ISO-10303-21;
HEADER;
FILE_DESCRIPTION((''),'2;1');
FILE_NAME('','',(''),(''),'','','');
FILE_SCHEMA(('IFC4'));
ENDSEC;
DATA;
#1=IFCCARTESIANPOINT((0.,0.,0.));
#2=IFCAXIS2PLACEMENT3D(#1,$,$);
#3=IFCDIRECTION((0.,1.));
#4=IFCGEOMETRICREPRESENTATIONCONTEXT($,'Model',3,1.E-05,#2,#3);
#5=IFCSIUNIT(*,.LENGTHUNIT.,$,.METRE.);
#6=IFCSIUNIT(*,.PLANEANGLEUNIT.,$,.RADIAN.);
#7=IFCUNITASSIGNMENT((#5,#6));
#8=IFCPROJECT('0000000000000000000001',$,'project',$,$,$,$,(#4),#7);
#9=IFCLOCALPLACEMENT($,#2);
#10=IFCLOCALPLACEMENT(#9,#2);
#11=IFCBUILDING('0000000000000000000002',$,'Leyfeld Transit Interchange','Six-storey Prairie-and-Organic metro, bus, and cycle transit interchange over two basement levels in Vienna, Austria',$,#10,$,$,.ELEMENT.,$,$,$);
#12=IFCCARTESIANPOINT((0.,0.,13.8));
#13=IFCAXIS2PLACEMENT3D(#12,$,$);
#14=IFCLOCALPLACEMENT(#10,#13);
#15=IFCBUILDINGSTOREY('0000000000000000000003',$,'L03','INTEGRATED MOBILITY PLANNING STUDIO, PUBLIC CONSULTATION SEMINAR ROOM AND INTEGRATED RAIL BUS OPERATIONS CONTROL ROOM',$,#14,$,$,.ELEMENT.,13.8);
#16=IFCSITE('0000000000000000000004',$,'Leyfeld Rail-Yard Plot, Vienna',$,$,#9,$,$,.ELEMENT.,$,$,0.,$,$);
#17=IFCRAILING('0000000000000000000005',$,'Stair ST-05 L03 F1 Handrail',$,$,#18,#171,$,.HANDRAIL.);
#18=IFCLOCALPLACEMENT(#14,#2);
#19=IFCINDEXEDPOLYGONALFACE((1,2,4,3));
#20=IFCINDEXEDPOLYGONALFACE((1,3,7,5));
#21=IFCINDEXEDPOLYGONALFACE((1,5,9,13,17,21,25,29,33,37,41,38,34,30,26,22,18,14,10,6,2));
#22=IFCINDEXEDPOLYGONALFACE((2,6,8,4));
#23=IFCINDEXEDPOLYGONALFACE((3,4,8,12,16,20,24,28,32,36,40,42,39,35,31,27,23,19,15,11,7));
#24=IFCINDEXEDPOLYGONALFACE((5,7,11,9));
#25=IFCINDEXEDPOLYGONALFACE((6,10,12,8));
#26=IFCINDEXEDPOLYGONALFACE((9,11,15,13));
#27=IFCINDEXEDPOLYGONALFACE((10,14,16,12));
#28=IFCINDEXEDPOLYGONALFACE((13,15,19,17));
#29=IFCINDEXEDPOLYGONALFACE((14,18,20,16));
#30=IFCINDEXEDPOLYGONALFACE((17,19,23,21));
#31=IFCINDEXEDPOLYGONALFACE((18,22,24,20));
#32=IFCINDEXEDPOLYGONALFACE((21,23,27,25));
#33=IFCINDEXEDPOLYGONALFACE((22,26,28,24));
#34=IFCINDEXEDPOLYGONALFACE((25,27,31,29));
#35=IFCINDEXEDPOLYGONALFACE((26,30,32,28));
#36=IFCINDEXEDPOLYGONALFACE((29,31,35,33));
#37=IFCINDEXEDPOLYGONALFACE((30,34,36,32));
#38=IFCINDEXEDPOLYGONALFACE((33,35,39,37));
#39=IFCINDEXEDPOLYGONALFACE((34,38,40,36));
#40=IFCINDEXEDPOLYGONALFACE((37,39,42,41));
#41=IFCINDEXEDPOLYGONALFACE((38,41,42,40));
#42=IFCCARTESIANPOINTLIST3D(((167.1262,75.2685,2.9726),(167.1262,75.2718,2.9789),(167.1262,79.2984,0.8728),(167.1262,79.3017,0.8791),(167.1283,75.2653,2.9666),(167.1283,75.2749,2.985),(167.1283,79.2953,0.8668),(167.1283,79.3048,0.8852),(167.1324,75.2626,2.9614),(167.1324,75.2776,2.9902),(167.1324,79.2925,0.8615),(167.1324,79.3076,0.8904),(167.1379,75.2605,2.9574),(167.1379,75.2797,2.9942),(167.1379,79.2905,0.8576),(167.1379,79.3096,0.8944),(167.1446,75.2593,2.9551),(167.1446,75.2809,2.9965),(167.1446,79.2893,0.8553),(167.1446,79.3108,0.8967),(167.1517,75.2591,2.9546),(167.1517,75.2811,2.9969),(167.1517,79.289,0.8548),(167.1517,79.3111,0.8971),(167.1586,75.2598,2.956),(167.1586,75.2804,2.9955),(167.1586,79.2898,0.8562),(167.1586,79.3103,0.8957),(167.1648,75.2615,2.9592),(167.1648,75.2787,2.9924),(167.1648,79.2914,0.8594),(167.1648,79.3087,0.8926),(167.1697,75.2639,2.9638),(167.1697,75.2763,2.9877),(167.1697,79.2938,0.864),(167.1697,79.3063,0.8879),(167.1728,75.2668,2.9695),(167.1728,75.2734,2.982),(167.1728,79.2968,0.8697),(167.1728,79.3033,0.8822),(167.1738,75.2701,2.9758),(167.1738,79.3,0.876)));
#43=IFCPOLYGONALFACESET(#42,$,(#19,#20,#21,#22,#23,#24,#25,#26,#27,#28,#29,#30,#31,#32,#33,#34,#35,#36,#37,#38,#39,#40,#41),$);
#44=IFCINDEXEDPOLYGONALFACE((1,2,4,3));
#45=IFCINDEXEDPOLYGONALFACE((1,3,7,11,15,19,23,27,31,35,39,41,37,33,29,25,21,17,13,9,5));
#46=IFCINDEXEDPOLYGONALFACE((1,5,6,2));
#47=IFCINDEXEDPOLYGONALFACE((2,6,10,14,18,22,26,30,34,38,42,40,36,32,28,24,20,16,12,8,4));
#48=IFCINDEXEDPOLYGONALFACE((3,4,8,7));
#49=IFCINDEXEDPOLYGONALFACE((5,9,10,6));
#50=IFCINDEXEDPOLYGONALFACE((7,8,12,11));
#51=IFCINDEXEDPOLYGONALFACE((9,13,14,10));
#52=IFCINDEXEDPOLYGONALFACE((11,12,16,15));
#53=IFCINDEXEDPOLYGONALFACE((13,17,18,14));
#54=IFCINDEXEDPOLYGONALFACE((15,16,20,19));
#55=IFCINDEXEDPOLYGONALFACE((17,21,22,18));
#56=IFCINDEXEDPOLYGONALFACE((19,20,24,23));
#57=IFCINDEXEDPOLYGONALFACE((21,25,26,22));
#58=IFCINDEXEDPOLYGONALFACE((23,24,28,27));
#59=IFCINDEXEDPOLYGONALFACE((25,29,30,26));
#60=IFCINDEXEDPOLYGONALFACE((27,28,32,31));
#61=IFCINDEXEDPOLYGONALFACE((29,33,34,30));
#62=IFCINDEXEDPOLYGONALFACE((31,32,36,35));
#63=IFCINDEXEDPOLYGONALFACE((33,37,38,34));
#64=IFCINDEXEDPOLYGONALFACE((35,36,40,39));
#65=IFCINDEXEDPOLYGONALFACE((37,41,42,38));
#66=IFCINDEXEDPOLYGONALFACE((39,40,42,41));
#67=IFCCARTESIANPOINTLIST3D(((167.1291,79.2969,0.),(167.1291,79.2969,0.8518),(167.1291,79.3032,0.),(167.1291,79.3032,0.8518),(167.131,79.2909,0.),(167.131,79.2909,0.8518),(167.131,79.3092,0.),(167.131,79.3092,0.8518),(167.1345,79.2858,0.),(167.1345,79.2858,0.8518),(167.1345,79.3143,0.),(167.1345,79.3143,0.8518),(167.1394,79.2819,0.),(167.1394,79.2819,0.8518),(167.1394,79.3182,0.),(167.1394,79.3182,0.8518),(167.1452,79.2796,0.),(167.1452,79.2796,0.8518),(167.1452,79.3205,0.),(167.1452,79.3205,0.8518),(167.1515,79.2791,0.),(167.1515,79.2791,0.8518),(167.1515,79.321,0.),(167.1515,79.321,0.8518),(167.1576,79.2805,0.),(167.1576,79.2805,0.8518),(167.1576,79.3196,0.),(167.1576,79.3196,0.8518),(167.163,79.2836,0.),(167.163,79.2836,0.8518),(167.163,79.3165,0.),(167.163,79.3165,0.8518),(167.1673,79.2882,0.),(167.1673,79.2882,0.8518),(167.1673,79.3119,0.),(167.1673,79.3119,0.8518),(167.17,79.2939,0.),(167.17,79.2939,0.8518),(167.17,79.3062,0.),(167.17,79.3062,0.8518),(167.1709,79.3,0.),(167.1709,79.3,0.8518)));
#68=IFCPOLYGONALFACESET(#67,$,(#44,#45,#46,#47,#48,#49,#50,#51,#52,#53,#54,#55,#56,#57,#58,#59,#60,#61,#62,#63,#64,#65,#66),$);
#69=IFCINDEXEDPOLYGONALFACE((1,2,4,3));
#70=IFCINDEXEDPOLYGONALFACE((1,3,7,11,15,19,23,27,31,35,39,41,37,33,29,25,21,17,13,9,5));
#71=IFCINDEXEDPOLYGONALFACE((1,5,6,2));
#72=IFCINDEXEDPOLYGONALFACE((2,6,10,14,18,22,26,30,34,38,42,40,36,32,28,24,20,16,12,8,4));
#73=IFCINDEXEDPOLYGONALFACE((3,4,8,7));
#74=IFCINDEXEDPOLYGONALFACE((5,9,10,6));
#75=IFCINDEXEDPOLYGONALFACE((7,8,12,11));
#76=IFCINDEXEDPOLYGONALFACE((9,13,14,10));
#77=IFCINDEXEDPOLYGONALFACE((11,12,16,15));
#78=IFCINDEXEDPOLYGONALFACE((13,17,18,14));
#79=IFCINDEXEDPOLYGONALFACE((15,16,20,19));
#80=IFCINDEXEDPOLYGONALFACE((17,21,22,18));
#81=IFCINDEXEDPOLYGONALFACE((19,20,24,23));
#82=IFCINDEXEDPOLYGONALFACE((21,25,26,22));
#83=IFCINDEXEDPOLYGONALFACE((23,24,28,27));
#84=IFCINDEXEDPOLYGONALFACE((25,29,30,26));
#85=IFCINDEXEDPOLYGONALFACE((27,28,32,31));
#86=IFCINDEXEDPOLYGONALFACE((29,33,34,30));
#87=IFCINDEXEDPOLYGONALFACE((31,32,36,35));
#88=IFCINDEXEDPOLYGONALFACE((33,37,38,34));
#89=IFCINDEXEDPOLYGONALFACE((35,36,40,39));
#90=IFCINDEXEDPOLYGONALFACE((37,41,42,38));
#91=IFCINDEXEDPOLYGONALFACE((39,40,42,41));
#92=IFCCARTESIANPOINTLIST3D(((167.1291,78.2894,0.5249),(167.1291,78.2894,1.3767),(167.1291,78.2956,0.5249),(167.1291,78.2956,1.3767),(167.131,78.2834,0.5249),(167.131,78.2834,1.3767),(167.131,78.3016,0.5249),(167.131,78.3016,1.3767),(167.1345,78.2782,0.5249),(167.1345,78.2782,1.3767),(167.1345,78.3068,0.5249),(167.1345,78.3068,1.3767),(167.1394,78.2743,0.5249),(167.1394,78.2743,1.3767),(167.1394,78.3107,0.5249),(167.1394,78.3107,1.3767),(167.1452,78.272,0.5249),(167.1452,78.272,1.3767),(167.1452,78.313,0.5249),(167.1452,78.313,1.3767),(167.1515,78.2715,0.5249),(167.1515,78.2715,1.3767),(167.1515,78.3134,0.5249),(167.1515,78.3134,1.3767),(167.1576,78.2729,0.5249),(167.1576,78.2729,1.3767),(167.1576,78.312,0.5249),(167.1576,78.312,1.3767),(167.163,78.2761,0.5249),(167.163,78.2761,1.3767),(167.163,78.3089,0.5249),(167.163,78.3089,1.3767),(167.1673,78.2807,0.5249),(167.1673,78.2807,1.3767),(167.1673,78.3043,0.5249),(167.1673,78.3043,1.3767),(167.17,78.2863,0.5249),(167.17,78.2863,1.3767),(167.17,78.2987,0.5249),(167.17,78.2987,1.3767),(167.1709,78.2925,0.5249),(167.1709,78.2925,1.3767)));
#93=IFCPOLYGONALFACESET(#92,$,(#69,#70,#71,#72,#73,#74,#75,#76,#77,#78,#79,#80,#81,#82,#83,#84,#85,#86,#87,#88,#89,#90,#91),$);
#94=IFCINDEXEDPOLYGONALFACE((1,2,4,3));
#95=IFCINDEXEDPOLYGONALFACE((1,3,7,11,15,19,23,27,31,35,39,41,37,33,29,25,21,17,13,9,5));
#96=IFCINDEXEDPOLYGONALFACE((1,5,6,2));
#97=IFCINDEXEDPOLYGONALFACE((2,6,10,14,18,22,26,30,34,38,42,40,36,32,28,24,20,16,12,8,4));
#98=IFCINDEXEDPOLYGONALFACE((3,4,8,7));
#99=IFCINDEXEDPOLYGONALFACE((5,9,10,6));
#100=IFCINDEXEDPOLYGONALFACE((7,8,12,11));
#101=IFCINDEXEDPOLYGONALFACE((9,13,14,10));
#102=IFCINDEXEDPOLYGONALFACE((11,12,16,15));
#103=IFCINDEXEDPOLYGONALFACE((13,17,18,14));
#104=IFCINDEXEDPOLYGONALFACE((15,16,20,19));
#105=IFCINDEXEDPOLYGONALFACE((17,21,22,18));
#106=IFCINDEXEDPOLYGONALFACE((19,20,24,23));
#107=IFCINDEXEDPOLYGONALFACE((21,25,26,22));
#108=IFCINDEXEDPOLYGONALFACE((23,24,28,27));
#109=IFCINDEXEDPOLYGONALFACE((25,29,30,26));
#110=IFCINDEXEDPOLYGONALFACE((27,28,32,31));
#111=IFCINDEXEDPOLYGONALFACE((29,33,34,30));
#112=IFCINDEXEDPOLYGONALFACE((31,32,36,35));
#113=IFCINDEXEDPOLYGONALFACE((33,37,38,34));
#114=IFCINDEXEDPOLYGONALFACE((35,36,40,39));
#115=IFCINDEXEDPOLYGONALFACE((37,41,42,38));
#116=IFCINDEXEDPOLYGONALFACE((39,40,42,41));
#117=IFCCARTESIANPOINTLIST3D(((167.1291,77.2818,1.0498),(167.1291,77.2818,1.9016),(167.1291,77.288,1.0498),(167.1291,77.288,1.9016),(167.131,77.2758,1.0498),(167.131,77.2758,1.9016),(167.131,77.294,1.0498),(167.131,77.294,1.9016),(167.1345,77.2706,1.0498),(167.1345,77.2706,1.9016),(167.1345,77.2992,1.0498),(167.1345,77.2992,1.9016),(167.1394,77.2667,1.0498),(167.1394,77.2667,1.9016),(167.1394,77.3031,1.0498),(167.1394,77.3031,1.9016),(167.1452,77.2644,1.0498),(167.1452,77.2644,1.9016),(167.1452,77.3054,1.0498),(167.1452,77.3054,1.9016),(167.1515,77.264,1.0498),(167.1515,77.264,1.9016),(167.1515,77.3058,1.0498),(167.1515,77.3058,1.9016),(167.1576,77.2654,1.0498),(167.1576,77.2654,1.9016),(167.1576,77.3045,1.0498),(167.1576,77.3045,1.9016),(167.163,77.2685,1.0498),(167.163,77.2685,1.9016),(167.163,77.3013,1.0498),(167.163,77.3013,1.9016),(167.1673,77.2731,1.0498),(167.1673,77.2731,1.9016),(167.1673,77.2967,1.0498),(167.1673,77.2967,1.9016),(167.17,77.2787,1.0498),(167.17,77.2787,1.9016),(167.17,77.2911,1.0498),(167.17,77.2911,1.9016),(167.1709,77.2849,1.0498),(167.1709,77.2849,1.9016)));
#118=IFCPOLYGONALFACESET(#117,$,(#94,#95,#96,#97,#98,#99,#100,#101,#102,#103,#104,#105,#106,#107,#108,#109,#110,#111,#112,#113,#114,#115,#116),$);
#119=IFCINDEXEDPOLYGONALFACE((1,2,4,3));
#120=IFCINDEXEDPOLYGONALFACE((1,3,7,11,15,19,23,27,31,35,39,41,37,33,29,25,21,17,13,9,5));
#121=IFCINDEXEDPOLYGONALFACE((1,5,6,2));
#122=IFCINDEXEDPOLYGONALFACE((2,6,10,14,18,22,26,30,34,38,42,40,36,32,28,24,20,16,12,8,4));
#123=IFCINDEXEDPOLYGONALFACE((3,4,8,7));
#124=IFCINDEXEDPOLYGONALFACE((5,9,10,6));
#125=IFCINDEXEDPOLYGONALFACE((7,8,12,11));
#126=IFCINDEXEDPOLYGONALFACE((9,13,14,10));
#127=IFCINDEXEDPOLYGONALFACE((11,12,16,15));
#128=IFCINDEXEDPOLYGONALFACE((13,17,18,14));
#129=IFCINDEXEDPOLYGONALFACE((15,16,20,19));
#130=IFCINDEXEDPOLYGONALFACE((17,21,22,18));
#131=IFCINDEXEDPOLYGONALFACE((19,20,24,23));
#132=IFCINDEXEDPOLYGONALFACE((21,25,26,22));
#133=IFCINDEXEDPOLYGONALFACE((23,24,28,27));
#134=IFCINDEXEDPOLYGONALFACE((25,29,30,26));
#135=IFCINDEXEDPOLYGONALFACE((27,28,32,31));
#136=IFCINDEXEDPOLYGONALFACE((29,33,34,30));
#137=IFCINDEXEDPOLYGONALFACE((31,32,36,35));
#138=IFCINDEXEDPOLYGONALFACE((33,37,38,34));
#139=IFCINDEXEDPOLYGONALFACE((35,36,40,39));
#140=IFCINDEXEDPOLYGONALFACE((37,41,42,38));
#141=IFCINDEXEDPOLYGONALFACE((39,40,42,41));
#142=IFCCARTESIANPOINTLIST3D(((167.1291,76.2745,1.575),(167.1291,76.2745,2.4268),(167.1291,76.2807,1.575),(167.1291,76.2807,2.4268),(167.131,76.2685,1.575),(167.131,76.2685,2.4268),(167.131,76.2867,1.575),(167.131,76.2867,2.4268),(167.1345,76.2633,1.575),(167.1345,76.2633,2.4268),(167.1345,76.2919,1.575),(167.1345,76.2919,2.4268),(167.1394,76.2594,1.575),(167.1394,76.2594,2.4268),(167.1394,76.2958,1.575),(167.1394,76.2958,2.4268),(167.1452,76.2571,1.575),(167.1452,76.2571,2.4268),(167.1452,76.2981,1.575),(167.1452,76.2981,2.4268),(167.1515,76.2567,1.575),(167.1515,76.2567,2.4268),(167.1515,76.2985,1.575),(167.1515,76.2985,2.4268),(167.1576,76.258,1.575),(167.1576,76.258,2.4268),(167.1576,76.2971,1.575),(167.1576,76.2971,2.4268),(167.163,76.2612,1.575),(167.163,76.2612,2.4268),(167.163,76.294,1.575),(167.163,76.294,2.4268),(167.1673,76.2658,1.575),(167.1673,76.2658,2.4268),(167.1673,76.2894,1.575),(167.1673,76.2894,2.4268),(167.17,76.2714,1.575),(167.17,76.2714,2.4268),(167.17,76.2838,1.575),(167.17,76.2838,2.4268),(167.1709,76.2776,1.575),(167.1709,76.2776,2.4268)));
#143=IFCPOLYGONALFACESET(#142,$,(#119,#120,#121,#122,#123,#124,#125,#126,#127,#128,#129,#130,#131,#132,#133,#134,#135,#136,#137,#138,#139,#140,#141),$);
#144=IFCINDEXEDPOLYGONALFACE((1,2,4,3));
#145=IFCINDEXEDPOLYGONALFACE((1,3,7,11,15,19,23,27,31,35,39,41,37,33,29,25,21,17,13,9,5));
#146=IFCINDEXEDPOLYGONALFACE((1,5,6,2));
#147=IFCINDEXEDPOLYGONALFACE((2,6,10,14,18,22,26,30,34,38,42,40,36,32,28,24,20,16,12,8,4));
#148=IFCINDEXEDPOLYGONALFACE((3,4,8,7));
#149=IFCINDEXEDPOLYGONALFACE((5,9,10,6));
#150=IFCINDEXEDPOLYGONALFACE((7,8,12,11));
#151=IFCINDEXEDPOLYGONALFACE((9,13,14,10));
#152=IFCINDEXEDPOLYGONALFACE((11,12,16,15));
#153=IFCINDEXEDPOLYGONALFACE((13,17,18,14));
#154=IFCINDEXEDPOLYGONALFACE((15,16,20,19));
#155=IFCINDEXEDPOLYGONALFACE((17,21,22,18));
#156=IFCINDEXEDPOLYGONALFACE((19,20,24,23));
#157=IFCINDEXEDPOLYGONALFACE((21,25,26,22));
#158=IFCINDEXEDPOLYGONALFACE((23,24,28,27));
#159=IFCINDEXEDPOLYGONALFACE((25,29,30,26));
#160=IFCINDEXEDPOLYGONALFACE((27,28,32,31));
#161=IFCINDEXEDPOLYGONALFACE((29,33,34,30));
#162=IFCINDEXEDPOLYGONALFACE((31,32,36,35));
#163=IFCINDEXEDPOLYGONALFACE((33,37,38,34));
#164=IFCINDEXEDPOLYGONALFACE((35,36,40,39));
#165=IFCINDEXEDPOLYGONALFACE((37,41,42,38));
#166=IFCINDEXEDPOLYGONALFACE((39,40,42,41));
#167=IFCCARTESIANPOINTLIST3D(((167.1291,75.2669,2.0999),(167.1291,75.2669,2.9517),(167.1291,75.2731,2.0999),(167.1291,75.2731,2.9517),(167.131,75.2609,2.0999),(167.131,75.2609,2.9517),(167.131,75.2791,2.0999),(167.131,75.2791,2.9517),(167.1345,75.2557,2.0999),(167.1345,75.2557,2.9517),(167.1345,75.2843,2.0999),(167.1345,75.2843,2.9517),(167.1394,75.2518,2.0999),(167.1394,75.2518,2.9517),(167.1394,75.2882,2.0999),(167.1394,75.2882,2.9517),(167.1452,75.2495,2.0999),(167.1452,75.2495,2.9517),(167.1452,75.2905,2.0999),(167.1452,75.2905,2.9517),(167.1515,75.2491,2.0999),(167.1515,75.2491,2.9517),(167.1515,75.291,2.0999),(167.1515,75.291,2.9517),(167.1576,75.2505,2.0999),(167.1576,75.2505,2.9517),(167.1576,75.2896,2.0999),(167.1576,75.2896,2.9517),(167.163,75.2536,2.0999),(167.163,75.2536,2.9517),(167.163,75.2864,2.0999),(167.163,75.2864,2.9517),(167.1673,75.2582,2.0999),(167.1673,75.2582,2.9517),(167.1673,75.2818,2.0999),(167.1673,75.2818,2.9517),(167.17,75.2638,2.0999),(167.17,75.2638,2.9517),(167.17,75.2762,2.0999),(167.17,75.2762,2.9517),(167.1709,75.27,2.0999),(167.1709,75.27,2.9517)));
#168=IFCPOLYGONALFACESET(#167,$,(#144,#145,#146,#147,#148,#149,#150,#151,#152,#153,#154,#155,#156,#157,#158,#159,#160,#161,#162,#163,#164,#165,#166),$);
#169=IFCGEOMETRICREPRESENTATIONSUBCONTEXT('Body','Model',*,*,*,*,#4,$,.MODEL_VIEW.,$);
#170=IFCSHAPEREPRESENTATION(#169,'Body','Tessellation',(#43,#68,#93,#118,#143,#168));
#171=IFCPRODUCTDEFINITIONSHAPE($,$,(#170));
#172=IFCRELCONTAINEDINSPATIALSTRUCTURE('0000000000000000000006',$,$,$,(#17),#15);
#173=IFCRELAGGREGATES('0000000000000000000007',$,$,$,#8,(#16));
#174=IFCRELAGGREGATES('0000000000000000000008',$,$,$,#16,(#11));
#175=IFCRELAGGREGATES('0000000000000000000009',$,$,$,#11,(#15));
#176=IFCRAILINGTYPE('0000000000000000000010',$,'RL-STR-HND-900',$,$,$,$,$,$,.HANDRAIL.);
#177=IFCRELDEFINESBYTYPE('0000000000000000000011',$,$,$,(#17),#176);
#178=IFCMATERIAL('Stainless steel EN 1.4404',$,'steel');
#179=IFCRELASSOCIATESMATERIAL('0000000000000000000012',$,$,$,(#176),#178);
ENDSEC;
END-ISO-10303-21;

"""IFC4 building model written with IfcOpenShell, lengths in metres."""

from ifc_helpers import new_model, si_unit, direction, frame, origin, origin_2d, place, context, subcontext, project, spatial, circle, extrude, material, type_object, element, save


model = new_model("IFC4")

# Units and contexts
model_context = context("Model", 3, precision=1e-05, world=origin(), true_north=direction((0.0, 1.0)))
body_context = subcontext(model_context, "Body", "Model", "MODEL_VIEW")
ifc_project = project(units=[si_unit("LENGTHUNIT", "METRE"), si_unit("PLANEANGLEUNIT", "RADIAN")], contexts=[model_context])

# Site, building, storey
site_placement = place(None, origin())
site = spatial("IfcSite", under=ifc_project, at=site_placement, Name="Leyfeld Rail-Yard Plot, Vienna", CompositionType="ELEMENT", RefElevation=0.0)
building_placement = place(site_placement, origin())
building = spatial("IfcBuilding", under=site, at=building_placement, Name="Leyfeld Transit Interchange", Description="Six-storey Prairie-and-Organic metro, bus, and cycle transit interchange over two basement levels in Vienna, Austria", CompositionType="ELEMENT")
storey_placement = place(building_placement, frame((0.0, 0.0, 13.8)))
storey = spatial("IfcBuildingStorey", under=building, at=storey_placement, Name="L03", Description="INTEGRATED MOBILITY PLANNING STUDIO, PUBLIC CONSULTATION SEMINAR ROOM AND INTEGRATED RAIL BUS OPERATIONS CONTROL ROOM", CompositionType="ELEMENT", Elevation=13.8)

# Railing
ifc_material_1 = material(Name="Stainless steel EN 1.4404", Category="steel")
railing_type_1 = type_object("IfcRailingType", Name="RL-STR-HND-900", PredefinedType="HANDRAIL", material=ifc_material_1)
railing_1_placement = place(storey_placement, frame((167.1499, 79.3, 0.0)))
element("IfcRailing", 1, at=railing_1_placement, inside=storey, type_object=railing_type_1, Name="Stair ST-05 L03 F1 Handrail", PredefinedType="HANDRAIL", context=body_context, shape_type="SweptSolid", body=[
    extrude(circle(Radius=0.0239, at=origin_2d()), frame((0.0, 0.0, 0.876), z_axis=(0.0, -0.886835, 0.462087), x_axis=(1.0, 0.0, 0.0)), (0.0, 0.0, 1.0), 4.5442),
    extrude(circle(Radius=0.021, at=origin_2d()), origin(), (0.0, 0.0, 1.0), 0.8518),
    extrude(circle(Radius=0.021, at=origin_2d()), frame((0.0, -1.0076, 0.5249)), (0.0, 0.0, 1.0), 0.8518),
    extrude(circle(Radius=0.021, at=origin_2d()), frame((0.0, -2.0151, 1.0498)), (0.0, 0.0, 1.0), 0.8518),
    extrude(circle(Radius=0.021, at=origin_2d()), frame((0.0, -3.0225, 1.575)), (0.0, 0.0, 1.0), 0.8518),
    extrude(circle(Radius=0.021, at=origin_2d()), frame((0.0, -4.03, 2.0999)), (0.0, 0.0, 1.0), 0.8518),
])

save(model, "model.ifc")
